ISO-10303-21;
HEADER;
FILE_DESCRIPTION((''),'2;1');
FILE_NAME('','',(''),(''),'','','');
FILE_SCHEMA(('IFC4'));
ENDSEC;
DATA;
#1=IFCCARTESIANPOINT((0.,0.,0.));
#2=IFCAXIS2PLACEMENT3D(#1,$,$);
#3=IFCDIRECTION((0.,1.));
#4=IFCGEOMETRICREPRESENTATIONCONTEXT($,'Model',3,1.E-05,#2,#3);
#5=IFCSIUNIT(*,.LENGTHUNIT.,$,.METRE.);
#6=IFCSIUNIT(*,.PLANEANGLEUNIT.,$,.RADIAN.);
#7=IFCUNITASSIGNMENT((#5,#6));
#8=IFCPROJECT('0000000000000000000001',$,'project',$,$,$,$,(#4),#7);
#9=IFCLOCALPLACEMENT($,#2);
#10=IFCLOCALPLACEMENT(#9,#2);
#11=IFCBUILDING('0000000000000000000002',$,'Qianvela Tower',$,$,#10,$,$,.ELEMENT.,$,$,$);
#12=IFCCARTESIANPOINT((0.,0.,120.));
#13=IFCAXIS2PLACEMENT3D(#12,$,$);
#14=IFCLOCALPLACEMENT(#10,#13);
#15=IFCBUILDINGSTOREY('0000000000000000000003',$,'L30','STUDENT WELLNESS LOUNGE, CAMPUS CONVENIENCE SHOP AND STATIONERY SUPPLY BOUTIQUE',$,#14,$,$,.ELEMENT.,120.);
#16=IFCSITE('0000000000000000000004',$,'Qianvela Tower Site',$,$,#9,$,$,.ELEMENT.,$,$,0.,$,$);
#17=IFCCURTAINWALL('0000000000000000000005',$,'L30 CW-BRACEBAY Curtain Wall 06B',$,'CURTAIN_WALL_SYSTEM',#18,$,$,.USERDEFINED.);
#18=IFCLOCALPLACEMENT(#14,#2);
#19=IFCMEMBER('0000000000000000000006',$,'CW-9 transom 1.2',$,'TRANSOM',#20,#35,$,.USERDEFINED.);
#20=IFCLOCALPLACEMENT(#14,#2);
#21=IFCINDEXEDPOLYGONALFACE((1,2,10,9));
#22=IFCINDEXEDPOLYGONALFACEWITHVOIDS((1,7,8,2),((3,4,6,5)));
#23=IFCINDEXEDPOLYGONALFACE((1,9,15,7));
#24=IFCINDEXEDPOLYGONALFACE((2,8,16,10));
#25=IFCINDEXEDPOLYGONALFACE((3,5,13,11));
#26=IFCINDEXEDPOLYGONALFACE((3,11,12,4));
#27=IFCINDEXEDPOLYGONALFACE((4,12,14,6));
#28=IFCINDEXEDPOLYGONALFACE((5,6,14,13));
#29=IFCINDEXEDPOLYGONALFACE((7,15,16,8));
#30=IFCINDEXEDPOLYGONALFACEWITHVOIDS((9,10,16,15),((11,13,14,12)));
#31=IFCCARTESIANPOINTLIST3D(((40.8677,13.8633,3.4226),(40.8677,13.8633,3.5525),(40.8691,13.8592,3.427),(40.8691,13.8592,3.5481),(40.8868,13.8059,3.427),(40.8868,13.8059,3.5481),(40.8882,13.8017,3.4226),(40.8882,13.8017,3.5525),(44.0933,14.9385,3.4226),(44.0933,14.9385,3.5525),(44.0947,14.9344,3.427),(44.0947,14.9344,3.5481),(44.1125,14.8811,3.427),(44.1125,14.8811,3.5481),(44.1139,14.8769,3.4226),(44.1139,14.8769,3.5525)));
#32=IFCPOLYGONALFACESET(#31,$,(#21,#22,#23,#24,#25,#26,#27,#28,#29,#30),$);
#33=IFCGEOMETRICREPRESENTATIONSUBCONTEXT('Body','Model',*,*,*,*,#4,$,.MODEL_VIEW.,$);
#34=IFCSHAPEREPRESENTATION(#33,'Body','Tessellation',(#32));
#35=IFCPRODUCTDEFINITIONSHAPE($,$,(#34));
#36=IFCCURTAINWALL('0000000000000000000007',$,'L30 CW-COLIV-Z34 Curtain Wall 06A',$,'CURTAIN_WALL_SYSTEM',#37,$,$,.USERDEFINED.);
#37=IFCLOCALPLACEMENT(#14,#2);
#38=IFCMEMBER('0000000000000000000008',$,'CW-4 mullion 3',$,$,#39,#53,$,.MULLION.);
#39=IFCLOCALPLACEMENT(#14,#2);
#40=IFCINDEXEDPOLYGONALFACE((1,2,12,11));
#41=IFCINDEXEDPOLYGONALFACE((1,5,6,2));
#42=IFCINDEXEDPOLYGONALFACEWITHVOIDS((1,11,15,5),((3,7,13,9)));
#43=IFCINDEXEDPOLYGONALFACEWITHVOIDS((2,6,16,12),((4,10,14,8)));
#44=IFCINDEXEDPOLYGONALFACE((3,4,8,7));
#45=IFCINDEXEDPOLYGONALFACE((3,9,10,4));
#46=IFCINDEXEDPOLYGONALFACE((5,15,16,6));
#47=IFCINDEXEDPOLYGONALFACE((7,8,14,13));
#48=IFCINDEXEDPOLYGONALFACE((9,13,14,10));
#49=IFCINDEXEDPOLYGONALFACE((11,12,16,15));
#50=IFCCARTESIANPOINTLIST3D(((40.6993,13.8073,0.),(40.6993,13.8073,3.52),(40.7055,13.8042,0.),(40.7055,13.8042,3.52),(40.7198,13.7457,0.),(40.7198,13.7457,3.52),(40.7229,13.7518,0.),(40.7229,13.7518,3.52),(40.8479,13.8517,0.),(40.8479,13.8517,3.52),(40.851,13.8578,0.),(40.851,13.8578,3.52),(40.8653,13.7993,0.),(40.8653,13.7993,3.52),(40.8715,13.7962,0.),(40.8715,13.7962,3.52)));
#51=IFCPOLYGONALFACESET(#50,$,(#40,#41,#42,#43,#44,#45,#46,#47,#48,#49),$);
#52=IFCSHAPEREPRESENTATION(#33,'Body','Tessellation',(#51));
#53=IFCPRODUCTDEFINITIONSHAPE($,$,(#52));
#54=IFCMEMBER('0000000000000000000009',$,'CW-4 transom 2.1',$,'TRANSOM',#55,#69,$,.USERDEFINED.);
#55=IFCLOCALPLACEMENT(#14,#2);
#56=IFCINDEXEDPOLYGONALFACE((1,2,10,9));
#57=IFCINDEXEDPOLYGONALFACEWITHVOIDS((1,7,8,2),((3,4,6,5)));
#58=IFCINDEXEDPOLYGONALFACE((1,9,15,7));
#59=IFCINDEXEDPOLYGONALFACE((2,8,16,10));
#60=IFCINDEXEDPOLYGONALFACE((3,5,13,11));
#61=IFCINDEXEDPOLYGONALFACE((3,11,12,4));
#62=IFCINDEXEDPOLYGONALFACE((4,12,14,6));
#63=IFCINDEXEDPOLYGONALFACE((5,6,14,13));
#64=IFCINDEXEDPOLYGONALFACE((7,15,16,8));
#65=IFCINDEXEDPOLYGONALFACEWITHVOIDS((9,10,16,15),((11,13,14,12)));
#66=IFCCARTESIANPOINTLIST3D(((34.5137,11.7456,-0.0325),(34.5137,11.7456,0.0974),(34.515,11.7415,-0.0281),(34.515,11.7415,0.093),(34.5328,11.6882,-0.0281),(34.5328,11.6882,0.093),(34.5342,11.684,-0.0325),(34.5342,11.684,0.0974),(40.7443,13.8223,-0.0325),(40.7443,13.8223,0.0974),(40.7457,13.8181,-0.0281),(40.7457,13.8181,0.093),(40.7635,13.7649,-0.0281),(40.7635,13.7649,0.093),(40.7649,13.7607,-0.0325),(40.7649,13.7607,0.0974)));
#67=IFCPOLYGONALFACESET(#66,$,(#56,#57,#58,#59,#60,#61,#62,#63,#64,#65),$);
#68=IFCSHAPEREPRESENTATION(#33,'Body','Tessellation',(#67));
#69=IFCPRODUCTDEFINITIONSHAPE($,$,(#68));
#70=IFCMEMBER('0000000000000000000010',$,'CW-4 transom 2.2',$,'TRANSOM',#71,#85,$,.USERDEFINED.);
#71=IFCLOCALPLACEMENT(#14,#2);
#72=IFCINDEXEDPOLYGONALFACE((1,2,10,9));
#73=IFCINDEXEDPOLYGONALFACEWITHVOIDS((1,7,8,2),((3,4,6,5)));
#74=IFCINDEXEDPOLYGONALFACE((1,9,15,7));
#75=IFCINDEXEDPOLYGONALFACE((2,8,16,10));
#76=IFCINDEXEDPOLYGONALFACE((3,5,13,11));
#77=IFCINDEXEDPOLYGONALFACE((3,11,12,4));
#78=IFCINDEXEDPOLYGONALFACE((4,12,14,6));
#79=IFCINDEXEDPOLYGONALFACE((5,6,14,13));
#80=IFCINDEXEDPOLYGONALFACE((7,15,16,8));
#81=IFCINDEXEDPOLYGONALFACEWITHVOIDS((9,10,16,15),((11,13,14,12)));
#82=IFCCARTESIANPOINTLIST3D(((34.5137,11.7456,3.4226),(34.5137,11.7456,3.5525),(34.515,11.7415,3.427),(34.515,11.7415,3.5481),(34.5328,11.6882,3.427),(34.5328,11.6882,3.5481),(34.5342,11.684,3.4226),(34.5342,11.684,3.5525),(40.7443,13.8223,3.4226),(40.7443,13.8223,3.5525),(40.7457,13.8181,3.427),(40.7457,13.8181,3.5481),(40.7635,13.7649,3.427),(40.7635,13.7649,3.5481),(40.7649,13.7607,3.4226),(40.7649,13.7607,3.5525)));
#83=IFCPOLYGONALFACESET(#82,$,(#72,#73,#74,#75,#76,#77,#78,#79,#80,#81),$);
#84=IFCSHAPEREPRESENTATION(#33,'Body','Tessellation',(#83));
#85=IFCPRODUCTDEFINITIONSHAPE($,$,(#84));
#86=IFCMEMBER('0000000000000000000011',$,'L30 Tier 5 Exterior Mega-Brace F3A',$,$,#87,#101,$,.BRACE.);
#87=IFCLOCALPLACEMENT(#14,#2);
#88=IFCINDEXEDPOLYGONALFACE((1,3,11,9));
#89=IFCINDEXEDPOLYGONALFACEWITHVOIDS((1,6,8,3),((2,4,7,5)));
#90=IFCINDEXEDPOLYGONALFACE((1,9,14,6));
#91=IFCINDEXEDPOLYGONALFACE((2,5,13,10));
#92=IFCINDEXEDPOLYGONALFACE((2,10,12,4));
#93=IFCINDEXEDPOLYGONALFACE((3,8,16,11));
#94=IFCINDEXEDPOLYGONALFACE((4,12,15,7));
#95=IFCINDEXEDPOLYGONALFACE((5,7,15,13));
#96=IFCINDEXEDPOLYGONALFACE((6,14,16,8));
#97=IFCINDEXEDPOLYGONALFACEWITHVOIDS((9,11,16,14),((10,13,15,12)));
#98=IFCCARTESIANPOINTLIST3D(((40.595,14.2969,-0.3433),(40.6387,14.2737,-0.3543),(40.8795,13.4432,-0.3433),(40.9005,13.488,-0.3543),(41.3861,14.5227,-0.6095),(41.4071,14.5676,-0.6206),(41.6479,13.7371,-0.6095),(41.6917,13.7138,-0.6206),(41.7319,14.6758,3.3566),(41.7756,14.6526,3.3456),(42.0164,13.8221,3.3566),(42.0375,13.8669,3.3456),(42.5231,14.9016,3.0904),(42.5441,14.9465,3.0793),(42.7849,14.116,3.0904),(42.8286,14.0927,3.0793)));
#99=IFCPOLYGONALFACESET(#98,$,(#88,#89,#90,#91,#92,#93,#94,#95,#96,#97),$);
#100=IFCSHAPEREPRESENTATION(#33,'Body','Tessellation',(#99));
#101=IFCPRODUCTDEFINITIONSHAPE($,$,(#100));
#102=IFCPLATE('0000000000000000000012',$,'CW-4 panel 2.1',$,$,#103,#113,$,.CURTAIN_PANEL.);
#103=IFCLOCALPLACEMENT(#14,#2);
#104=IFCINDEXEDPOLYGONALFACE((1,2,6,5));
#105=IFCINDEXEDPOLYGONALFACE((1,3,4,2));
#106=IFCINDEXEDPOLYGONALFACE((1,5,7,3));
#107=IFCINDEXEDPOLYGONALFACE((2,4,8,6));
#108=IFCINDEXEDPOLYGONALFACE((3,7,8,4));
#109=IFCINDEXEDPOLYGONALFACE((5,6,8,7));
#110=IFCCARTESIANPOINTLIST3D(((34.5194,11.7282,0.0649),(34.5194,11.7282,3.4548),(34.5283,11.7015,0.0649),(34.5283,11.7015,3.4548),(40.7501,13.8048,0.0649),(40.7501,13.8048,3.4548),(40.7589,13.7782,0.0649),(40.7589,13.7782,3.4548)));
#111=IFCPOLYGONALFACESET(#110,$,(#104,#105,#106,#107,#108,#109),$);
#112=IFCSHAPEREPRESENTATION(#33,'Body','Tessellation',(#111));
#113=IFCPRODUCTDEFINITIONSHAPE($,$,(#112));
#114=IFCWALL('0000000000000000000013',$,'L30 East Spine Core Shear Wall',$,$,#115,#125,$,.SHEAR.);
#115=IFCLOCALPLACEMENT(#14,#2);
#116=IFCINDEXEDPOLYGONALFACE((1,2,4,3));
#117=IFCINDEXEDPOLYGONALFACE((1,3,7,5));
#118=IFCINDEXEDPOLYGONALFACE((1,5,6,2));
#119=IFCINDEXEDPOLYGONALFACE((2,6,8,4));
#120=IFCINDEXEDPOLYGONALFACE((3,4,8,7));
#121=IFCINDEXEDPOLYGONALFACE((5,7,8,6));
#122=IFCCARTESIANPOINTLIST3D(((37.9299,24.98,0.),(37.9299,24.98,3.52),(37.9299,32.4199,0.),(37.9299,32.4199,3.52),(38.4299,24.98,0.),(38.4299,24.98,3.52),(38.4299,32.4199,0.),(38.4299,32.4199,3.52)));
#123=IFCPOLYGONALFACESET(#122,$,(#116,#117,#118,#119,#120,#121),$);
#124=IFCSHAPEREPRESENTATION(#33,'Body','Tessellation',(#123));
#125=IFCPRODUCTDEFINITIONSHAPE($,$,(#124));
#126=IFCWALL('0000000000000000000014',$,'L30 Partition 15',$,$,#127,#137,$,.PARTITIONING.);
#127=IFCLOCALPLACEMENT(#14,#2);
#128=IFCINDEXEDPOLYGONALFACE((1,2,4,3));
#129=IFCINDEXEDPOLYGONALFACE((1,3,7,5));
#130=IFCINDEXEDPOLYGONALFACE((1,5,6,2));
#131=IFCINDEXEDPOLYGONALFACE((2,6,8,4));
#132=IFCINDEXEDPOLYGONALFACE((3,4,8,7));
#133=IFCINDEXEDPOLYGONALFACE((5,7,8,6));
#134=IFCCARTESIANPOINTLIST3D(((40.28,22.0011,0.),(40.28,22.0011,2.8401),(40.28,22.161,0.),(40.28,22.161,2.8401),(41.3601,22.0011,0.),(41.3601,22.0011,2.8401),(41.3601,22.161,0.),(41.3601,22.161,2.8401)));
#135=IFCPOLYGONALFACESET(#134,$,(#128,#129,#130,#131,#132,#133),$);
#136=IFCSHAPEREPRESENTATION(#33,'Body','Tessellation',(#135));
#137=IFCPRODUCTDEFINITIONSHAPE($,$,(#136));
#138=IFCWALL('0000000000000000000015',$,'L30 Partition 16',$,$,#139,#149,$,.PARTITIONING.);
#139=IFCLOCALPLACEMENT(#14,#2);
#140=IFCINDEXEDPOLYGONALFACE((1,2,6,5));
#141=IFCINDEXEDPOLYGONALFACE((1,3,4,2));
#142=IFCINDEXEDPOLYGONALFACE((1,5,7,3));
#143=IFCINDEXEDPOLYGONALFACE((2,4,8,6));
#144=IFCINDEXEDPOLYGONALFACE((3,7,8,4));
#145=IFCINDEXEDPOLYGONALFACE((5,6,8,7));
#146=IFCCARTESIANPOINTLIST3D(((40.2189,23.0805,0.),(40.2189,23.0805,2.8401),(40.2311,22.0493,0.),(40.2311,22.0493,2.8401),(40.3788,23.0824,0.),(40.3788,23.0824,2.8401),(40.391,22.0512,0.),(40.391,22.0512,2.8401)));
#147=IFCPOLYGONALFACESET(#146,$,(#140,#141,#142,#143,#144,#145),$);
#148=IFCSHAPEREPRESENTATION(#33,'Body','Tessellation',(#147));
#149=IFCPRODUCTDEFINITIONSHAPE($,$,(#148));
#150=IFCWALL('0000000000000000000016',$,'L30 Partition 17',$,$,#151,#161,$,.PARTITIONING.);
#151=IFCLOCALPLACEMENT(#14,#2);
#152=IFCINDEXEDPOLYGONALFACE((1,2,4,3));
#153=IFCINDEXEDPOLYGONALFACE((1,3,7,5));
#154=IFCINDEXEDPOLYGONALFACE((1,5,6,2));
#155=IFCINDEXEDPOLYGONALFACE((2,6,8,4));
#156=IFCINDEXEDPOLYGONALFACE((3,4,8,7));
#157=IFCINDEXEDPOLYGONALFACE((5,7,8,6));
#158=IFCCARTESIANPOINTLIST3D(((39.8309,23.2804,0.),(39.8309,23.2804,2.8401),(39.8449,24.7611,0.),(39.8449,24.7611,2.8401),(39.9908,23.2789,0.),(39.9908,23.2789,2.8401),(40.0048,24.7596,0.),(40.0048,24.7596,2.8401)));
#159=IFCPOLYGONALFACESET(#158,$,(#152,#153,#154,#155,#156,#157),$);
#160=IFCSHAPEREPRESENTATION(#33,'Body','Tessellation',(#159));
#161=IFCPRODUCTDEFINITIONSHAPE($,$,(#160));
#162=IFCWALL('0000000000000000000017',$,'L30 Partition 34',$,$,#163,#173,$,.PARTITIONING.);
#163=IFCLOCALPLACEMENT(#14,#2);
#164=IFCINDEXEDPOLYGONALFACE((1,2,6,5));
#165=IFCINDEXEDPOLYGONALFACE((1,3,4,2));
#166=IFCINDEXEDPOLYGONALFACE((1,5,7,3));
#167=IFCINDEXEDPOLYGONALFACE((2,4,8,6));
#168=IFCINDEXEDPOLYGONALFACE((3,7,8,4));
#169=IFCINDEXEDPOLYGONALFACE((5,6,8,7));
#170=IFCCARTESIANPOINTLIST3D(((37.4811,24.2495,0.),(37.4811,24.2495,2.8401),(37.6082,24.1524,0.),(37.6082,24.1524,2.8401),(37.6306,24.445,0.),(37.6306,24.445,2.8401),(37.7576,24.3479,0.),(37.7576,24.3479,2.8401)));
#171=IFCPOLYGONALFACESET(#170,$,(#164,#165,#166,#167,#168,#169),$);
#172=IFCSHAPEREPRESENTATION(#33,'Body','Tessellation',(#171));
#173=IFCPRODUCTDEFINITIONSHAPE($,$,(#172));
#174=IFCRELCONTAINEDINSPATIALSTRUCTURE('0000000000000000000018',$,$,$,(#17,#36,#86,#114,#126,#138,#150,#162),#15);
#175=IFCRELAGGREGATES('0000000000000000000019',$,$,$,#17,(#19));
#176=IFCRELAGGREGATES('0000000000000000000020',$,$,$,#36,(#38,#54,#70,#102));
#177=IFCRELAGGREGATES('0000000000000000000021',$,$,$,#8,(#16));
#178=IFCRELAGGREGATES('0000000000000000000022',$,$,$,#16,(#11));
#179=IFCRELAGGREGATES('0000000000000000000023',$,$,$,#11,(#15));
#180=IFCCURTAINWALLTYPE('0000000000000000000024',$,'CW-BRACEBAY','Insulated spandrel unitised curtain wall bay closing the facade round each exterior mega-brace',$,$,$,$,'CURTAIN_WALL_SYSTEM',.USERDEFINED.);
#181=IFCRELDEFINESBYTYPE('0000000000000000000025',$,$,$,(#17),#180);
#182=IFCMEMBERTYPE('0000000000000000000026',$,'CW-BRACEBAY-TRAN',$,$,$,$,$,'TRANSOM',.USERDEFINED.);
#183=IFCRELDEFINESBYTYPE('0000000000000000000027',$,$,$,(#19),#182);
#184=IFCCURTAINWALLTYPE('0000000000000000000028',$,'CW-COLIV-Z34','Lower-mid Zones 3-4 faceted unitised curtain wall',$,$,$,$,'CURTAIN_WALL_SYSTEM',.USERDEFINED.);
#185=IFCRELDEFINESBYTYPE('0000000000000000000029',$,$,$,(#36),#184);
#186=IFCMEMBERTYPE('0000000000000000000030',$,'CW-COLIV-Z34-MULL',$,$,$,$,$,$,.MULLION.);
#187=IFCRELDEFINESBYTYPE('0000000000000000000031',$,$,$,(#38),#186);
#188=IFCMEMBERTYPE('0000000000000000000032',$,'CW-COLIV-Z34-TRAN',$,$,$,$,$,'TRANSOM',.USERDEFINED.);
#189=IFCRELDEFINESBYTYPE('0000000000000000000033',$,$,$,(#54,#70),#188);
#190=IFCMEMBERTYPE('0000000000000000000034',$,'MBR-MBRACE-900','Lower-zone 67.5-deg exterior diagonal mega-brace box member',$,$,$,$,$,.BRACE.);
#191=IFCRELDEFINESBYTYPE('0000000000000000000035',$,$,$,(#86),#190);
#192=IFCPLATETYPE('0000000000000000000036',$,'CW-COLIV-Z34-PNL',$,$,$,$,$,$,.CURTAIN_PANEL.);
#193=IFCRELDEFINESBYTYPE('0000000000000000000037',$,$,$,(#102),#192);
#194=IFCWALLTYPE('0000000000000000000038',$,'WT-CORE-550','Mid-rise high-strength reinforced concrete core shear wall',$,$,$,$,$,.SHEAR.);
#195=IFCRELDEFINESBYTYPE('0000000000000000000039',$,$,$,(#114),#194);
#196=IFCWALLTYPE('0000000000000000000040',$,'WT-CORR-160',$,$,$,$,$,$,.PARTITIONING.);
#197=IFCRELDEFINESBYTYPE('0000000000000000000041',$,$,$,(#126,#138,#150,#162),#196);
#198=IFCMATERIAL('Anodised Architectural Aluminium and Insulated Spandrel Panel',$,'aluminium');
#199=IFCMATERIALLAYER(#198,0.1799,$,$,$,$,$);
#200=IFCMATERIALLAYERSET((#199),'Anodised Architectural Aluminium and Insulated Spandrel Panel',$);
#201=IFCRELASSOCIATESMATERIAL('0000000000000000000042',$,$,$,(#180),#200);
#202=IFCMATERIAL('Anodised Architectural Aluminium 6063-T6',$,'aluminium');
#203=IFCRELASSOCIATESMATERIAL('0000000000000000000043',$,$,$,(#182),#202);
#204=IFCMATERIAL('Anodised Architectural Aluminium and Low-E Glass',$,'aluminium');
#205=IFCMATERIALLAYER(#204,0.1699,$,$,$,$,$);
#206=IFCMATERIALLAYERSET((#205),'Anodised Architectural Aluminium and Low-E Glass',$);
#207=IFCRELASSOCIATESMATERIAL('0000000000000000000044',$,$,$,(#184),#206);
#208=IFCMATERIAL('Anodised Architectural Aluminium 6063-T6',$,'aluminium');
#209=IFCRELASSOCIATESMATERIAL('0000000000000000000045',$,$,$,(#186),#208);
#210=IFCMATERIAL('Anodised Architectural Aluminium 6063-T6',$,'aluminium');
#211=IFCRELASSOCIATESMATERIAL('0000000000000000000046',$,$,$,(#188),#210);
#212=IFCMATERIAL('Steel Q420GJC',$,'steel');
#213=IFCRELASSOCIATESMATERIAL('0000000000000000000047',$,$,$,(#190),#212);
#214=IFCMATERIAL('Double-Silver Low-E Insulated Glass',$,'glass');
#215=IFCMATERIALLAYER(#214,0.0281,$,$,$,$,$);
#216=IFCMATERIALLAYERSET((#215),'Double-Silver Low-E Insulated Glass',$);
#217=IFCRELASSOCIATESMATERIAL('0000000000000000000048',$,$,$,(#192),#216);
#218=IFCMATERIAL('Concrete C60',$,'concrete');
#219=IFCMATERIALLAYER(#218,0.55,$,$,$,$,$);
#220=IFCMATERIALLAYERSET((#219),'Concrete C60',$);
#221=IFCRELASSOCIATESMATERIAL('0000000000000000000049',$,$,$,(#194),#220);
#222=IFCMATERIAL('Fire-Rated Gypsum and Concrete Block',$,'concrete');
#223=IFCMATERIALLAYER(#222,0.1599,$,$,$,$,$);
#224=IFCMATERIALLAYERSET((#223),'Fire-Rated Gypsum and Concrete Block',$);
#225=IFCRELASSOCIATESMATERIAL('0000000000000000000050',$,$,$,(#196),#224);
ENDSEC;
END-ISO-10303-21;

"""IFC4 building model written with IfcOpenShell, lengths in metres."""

from ifc_helpers import new_model, si_unit, direction, frame, frame_2d, origin, origin_2d, place, context, subcontext, project, spatial, rectangle, hollow_rectangle, extrude, material, layer, layer_set, material_profile, profile_set, type_object, element, aggregate, save


model = new_model("IFC4")

# Units and contexts
model_context = context("Model", 3, precision=1e-05, world=origin(), true_north=direction((0.0, 1.0)))
body_context = subcontext(model_context, "Body", "Model", "MODEL_VIEW")
ifc_project = project(units=[si_unit("LENGTHUNIT", "METRE"), si_unit("PLANEANGLEUNIT", "RADIAN")], contexts=[model_context])

# Site, building, storey
site_placement = place(None, origin())
site = spatial("IfcSite", under=ifc_project, at=site_placement, Name="Qianvela Tower Site", CompositionType="ELEMENT", RefElevation=0.0)
building_placement = place(site_placement, origin())
building = spatial("IfcBuilding", under=site, at=building_placement, Name="Qianvela Tower", CompositionType="ELEMENT")
storey_placement = place(building_placement, frame((0.0, 0.0, 120.0)))
storey = spatial("IfcBuildingStorey", under=building, at=storey_placement, Name="L30", Description="STUDENT WELLNESS LOUNGE, CAMPUS CONVENIENCE SHOP AND STATIONERY SUPPLY BOUTIQUE", CompositionType="ELEMENT", Elevation=120.0)

# Curtain walls, members
ifc_material_1 = material(Name="Anodised Architectural Aluminium and Insulated Spandrel Panel", Category="aluminium")
ifc_layer_1 = layer(ifc_material_1, 0.1799)
ifc_layer_set_1 = layer_set([ifc_layer_1], Name="Anodised Architectural Aluminium and Insulated Spandrel Panel")
curtain_wall_type_1 = type_object("IfcCurtainWallType", Name="CW-BRACEBAY", Description="Insulated spandrel unitised curtain wall bay closing the facade round each exterior mega-brace", ElementType="CURTAIN_WALL_SYSTEM", PredefinedType="USERDEFINED", material=ifc_layer_set_1)
curtain_wall_1_placement = place(storey_placement, origin())
curtain_wall_1 = element("IfcCurtainWall", 1, at=curtain_wall_1_placement, inside=storey, type_object=curtain_wall_type_1, Name="L30 CW-BRACEBAY Curtain Wall 06B", ObjectType="CURTAIN_WALL_SYSTEM", PredefinedType="USERDEFINED")
ifc_material_2 = material(Name="Anodised Architectural Aluminium 6063-T6", Category="aluminium")
ifc_material_profile_1 = material_profile(ifc_material_2, hollow_rectangle(XDim=0.0649, YDim=0.1299, WallThickness=0.0044, at=origin_2d()), Name="ALU-TRAN-65x130")
ifc_profile_set_1 = profile_set([ifc_material_profile_1], Name="Anodised Architectural Aluminium 6063-T6")
member_type_1 = type_object("IfcMemberType", Name="CW-BRACEBAY-TRAN", ElementType="TRANSOM", PredefinedType="USERDEFINED", material=ifc_profile_set_1)
member_1_placement = place(storey_placement, frame((40.8779, 13.8325, 3.4875), z_axis=(0.948683, 0.316228, 0.0), x_axis=(-0.316228, 0.948683, 0.0)))
member_1 = element("IfcMember", 2, at=member_1_placement, type_object=member_type_1, Name="CW-9 transom 1.2", ObjectType="TRANSOM", PredefinedType="USERDEFINED", context=body_context, shape_type="SweptSolid", body=[
    extrude(hollow_rectangle(XDim=0.0649, YDim=0.1299, WallThickness=0.0044, at=origin_2d()), origin(), (0.0, 0.0, 1.0), 3.4001),
])
aggregate(curtain_wall_1, [member_1])
ifc_material_3 = material(Name="Anodised Architectural Aluminium and Low-E Glass", Category="aluminium")
ifc_layer_2 = layer(ifc_material_3, 0.1699)
ifc_layer_set_2 = layer_set([ifc_layer_2], Name="Anodised Architectural Aluminium and Low-E Glass")
curtain_wall_type_2 = type_object("IfcCurtainWallType", Name="CW-COLIV-Z34", Description="Lower-mid Zones 3-4 faceted unitised curtain wall", ElementType="CURTAIN_WALL_SYSTEM", PredefinedType="USERDEFINED", material=ifc_layer_set_2)
curtain_wall_2_placement = place(storey_placement, origin())
curtain_wall_2 = element("IfcCurtainWall", 3, at=curtain_wall_2_placement, inside=storey, type_object=curtain_wall_type_2, Name="L30 CW-COLIV-Z34 Curtain Wall 06A", ObjectType="CURTAIN_WALL_SYSTEM", PredefinedType="USERDEFINED")
ifc_material_4 = material(Name="Anodised Architectural Aluminium 6063-T6", Category="aluminium")
ifc_material_profile_2 = material_profile(ifc_material_4, hollow_rectangle(XDim=0.0649, YDim=0.1599, WallThickness=0.0049, at=origin_2d()), Name="ALU-MULL-65x160")
ifc_profile_set_2 = profile_set([ifc_material_profile_2], Name="Anodised Architectural Aluminium 6063-T6")
member_type_2 = type_object("IfcMemberType", Name="CW-COLIV-Z34-MULL", PredefinedType="MULLION", material=ifc_profile_set_2)
member_2_placement = place(storey_placement, frame((40.7854, 13.8018, 0.0), z_axis=(0.0, 0.0, 1.0), x_axis=(-0.316196, 0.948694, 0.0)))
member_2 = element("IfcMember", 4, at=member_2_placement, type_object=member_type_2, Name="CW-4 mullion 3", PredefinedType="MULLION", context=body_context, shape_type="SweptSolid", body=[
    extrude(hollow_rectangle(XDim=0.0649, YDim=0.1599, WallThickness=0.0049, at=origin_2d()), origin(), (0.0, 0.0, 1.0), 3.52),
])
ifc_material_5 = material(Name="Anodised Architectural Aluminium 6063-T6", Category="aluminium")
ifc_material_profile_3 = material_profile(ifc_material_5, hollow_rectangle(XDim=0.0649, YDim=0.1299, WallThickness=0.0044, at=origin_2d()), Name="ALU-TRAN-65x130")
ifc_profile_set_3 = profile_set([ifc_material_profile_3], Name="Anodised Architectural Aluminium 6063-T6")
member_type_3 = type_object("IfcMemberType", Name="CW-COLIV-Z34-TRAN", ElementType="TRANSOM", PredefinedType="USERDEFINED", material=ifc_profile_set_3)
member_3_placement = place(storey_placement, frame((34.5239, 11.7148, 0.0325), z_axis=(0.948694, 0.316194, 0.0), x_axis=(-0.316194, 0.948694, 0.0)))
member_3 = element("IfcMember", 5, at=member_3_placement, type_object=member_type_3, Name="CW-4 transom 2.1", ObjectType="TRANSOM", PredefinedType="USERDEFINED", context=body_context, shape_type="SweptSolid", body=[
    extrude(hollow_rectangle(XDim=0.0649, YDim=0.1299, WallThickness=0.0044, at=origin_2d()), origin(), (0.0, 0.0, 1.0), 6.5676),
])
member_4_placement = place(storey_placement, frame((34.5239, 11.7148, 3.4875), z_axis=(0.948694, 0.316194, 0.0), x_axis=(-0.316194, 0.948694, 0.0)))
member_4 = element("IfcMember", 6, at=member_4_placement, type_object=member_type_3, Name="CW-4 transom 2.2", ObjectType="TRANSOM", PredefinedType="USERDEFINED", context=body_context, shape_type="SweptSolid", body=[
    extrude(hollow_rectangle(XDim=0.0649, YDim=0.1299, WallThickness=0.0044, at=origin_2d()), origin(), (0.0, 0.0, 1.0), 6.5676),
])

# Member
ifc_material_6 = material(Name="Steel Q420GJC", Category="steel")
ifc_material_profile_4 = material_profile(ifc_material_6, hollow_rectangle(XDim=0.8999, YDim=0.8999, WallThickness=0.0359, at=origin_2d()), Name="MBOX-900x900x36")
ifc_profile_set_4 = profile_set([ifc_material_profile_4], Name="Steel Q420GJC")
member_type_4 = type_object("IfcMemberType", Name="MBR-MBRACE-900", Description="Lower-zone 67.5-deg exterior diagonal mega-brace box member", PredefinedType="BRACE", material=ifc_profile_set_4)
member_5_placement = place(storey_placement, frame((41.1433, 14.0054, -0.4819), z_axis=(0.292338, 0.097425, 0.951339), x_axis=(-0.316167, 0.948704, 0.0)))
element("IfcMember", 7, at=member_5_placement, inside=storey, type_object=member_type_4, Name="L30 Tier 5 Exterior Mega-Brace F3A", PredefinedType="BRACE", context=body_context, shape_type="SweptSolid", body=[
    extrude(hollow_rectangle(XDim=0.8999, YDim=0.8999, WallThickness=0.0359, at=origin_2d()), origin(), (0.0, 0.0, 1.0), 3.8892),
])

# Plate
ifc_material_7 = material(Name="Double-Silver Low-E Insulated Glass", Category="glass")
ifc_layer_3 = layer(ifc_material_7, 0.0281)
ifc_layer_set_3 = layer_set([ifc_layer_3], Name="Double-Silver Low-E Insulated Glass")
plate_type = type_object("IfcPlateType", Name="CW-COLIV-Z34-PNL", PredefinedType="CURTAIN_PANEL", material=ifc_layer_set_3)
plate_placement = place(storey_placement, frame((37.6392, 12.7532, 0.0649), z_axis=(0.0, 0.0, 1.0), x_axis=(0.948694, 0.316196, 0.0)))
plate = element("IfcPlate", 8, at=plate_placement, type_object=plate_type, Name="CW-4 panel 2.1", PredefinedType="CURTAIN_PANEL", context=body_context, shape_type="SweptSolid", body=[
    extrude(rectangle(XDim=6.5676, YDim=0.0281, at=origin_2d()), origin(), (0.0, 0.0, 1.0), 3.3899),
])
aggregate(curtain_wall_2, [member_2, member_3, member_4, plate])

# Walls
ifc_material_8 = material(Name="Concrete C60", Category="concrete")
ifc_layer_4 = layer(ifc_material_8, 0.55)
ifc_layer_set_4 = layer_set([ifc_layer_4], Name="Concrete C60")
wall_type_1 = type_object("IfcWallType", Name="WT-CORE-550", Description="Mid-rise high-strength reinforced concrete core shear wall", PredefinedType="SHEAR", material=ifc_layer_set_4)
wall_1_placement = place(storey_placement, frame((38.1799, 24.98, 0.0), z_axis=(0.0, 0.0, 1.0), x_axis=(0.0, 1.0, 0.0)))
element("IfcWall", 9, at=wall_1_placement, inside=storey, type_object=wall_type_1, Name="L30 East Spine Core Shear Wall", PredefinedType="SHEAR", context=body_context, shape_type="SweptSolid", body=[
    extrude(rectangle(XDim=7.4399, YDim=0.5, at=frame_2d((3.72, 0.0))), origin(), (0.0, 0.0, 1.0), 3.52),
])
ifc_material_9 = material(Name="Fire-Rated Gypsum and Concrete Block", Category="concrete")
ifc_layer_5 = layer(ifc_material_9, 0.1599)
ifc_layer_set_5 = layer_set([ifc_layer_5], Name="Fire-Rated Gypsum and Concrete Block")
wall_type_2 = type_object("IfcWallType", Name="WT-CORR-160", PredefinedType="PARTITIONING", material=ifc_layer_set_5)
wall_2_placement = place(storey_placement, frame((41.3601, 22.0811, 0.0), z_axis=(0.0, 0.0, 1.0), x_axis=(-1.0, 0.0, 0.0)))
element("IfcWall", 10, at=wall_2_placement, inside=storey, type_object=wall_type_2, Name="L30 Partition 15", PredefinedType="PARTITIONING", context=body_context, shape_type="SweptSolid", body=[
    extrude(rectangle(XDim=1.0801, YDim=0.1599, at=frame_2d((0.54, 0.0))), origin(), (0.0, 0.0, 1.0), 2.8401),
])
wall_3_placement = place(storey_placement, frame((40.311, 22.0503, 0.0), z_axis=(0.0, 0.0, 1.0), x_axis=(-0.011836, 0.99993, 0.0)))
element("IfcWall", 11, at=wall_3_placement, inside=storey, type_object=wall_type_2, Name="L30 Partition 16", PredefinedType="PARTITIONING", context=body_context, shape_type="SweptSolid", body=[
    extrude(rectangle(XDim=1.0312, YDim=0.1599, at=frame_2d((0.5156, 0.0))), origin(), (0.0, 0.0, 1.0), 2.8401),
])
wall_4_placement = place(storey_placement, frame((39.9109, 23.2798, 0.0), z_axis=(0.0, 0.0, 1.0), x_axis=(0.009398, 0.999956, 0.0)))
element("IfcWall", 12, at=wall_4_placement, inside=storey, type_object=wall_type_2, Name="L30 Partition 17", PredefinedType="PARTITIONING", context=body_context, shape_type="SweptSolid", body=[
    extrude(rectangle(XDim=1.4807, YDim=0.1599, at=frame_2d((0.7402, 0.0))), origin(), (0.0, 0.0, 1.0), 2.8401),
])
wall_5_placement = place(storey_placement, frame((37.6941, 24.3965, 0.0), z_axis=(0.0, 0.0, 1.0), x_axis=(-0.607119, -0.794611, 0.0)))
element("IfcWall", 13, at=wall_5_placement, inside=storey, type_object=wall_type_2, Name="L30 Partition 34", PredefinedType="PARTITIONING", context=body_context, shape_type="SweptSolid", body=[
    extrude(rectangle(XDim=0.2461, YDim=0.1599, at=frame_2d((0.123, 0.0))), origin(), (0.0, 0.0, 1.0), 2.8401),
])

save(model, "model.ifc")
